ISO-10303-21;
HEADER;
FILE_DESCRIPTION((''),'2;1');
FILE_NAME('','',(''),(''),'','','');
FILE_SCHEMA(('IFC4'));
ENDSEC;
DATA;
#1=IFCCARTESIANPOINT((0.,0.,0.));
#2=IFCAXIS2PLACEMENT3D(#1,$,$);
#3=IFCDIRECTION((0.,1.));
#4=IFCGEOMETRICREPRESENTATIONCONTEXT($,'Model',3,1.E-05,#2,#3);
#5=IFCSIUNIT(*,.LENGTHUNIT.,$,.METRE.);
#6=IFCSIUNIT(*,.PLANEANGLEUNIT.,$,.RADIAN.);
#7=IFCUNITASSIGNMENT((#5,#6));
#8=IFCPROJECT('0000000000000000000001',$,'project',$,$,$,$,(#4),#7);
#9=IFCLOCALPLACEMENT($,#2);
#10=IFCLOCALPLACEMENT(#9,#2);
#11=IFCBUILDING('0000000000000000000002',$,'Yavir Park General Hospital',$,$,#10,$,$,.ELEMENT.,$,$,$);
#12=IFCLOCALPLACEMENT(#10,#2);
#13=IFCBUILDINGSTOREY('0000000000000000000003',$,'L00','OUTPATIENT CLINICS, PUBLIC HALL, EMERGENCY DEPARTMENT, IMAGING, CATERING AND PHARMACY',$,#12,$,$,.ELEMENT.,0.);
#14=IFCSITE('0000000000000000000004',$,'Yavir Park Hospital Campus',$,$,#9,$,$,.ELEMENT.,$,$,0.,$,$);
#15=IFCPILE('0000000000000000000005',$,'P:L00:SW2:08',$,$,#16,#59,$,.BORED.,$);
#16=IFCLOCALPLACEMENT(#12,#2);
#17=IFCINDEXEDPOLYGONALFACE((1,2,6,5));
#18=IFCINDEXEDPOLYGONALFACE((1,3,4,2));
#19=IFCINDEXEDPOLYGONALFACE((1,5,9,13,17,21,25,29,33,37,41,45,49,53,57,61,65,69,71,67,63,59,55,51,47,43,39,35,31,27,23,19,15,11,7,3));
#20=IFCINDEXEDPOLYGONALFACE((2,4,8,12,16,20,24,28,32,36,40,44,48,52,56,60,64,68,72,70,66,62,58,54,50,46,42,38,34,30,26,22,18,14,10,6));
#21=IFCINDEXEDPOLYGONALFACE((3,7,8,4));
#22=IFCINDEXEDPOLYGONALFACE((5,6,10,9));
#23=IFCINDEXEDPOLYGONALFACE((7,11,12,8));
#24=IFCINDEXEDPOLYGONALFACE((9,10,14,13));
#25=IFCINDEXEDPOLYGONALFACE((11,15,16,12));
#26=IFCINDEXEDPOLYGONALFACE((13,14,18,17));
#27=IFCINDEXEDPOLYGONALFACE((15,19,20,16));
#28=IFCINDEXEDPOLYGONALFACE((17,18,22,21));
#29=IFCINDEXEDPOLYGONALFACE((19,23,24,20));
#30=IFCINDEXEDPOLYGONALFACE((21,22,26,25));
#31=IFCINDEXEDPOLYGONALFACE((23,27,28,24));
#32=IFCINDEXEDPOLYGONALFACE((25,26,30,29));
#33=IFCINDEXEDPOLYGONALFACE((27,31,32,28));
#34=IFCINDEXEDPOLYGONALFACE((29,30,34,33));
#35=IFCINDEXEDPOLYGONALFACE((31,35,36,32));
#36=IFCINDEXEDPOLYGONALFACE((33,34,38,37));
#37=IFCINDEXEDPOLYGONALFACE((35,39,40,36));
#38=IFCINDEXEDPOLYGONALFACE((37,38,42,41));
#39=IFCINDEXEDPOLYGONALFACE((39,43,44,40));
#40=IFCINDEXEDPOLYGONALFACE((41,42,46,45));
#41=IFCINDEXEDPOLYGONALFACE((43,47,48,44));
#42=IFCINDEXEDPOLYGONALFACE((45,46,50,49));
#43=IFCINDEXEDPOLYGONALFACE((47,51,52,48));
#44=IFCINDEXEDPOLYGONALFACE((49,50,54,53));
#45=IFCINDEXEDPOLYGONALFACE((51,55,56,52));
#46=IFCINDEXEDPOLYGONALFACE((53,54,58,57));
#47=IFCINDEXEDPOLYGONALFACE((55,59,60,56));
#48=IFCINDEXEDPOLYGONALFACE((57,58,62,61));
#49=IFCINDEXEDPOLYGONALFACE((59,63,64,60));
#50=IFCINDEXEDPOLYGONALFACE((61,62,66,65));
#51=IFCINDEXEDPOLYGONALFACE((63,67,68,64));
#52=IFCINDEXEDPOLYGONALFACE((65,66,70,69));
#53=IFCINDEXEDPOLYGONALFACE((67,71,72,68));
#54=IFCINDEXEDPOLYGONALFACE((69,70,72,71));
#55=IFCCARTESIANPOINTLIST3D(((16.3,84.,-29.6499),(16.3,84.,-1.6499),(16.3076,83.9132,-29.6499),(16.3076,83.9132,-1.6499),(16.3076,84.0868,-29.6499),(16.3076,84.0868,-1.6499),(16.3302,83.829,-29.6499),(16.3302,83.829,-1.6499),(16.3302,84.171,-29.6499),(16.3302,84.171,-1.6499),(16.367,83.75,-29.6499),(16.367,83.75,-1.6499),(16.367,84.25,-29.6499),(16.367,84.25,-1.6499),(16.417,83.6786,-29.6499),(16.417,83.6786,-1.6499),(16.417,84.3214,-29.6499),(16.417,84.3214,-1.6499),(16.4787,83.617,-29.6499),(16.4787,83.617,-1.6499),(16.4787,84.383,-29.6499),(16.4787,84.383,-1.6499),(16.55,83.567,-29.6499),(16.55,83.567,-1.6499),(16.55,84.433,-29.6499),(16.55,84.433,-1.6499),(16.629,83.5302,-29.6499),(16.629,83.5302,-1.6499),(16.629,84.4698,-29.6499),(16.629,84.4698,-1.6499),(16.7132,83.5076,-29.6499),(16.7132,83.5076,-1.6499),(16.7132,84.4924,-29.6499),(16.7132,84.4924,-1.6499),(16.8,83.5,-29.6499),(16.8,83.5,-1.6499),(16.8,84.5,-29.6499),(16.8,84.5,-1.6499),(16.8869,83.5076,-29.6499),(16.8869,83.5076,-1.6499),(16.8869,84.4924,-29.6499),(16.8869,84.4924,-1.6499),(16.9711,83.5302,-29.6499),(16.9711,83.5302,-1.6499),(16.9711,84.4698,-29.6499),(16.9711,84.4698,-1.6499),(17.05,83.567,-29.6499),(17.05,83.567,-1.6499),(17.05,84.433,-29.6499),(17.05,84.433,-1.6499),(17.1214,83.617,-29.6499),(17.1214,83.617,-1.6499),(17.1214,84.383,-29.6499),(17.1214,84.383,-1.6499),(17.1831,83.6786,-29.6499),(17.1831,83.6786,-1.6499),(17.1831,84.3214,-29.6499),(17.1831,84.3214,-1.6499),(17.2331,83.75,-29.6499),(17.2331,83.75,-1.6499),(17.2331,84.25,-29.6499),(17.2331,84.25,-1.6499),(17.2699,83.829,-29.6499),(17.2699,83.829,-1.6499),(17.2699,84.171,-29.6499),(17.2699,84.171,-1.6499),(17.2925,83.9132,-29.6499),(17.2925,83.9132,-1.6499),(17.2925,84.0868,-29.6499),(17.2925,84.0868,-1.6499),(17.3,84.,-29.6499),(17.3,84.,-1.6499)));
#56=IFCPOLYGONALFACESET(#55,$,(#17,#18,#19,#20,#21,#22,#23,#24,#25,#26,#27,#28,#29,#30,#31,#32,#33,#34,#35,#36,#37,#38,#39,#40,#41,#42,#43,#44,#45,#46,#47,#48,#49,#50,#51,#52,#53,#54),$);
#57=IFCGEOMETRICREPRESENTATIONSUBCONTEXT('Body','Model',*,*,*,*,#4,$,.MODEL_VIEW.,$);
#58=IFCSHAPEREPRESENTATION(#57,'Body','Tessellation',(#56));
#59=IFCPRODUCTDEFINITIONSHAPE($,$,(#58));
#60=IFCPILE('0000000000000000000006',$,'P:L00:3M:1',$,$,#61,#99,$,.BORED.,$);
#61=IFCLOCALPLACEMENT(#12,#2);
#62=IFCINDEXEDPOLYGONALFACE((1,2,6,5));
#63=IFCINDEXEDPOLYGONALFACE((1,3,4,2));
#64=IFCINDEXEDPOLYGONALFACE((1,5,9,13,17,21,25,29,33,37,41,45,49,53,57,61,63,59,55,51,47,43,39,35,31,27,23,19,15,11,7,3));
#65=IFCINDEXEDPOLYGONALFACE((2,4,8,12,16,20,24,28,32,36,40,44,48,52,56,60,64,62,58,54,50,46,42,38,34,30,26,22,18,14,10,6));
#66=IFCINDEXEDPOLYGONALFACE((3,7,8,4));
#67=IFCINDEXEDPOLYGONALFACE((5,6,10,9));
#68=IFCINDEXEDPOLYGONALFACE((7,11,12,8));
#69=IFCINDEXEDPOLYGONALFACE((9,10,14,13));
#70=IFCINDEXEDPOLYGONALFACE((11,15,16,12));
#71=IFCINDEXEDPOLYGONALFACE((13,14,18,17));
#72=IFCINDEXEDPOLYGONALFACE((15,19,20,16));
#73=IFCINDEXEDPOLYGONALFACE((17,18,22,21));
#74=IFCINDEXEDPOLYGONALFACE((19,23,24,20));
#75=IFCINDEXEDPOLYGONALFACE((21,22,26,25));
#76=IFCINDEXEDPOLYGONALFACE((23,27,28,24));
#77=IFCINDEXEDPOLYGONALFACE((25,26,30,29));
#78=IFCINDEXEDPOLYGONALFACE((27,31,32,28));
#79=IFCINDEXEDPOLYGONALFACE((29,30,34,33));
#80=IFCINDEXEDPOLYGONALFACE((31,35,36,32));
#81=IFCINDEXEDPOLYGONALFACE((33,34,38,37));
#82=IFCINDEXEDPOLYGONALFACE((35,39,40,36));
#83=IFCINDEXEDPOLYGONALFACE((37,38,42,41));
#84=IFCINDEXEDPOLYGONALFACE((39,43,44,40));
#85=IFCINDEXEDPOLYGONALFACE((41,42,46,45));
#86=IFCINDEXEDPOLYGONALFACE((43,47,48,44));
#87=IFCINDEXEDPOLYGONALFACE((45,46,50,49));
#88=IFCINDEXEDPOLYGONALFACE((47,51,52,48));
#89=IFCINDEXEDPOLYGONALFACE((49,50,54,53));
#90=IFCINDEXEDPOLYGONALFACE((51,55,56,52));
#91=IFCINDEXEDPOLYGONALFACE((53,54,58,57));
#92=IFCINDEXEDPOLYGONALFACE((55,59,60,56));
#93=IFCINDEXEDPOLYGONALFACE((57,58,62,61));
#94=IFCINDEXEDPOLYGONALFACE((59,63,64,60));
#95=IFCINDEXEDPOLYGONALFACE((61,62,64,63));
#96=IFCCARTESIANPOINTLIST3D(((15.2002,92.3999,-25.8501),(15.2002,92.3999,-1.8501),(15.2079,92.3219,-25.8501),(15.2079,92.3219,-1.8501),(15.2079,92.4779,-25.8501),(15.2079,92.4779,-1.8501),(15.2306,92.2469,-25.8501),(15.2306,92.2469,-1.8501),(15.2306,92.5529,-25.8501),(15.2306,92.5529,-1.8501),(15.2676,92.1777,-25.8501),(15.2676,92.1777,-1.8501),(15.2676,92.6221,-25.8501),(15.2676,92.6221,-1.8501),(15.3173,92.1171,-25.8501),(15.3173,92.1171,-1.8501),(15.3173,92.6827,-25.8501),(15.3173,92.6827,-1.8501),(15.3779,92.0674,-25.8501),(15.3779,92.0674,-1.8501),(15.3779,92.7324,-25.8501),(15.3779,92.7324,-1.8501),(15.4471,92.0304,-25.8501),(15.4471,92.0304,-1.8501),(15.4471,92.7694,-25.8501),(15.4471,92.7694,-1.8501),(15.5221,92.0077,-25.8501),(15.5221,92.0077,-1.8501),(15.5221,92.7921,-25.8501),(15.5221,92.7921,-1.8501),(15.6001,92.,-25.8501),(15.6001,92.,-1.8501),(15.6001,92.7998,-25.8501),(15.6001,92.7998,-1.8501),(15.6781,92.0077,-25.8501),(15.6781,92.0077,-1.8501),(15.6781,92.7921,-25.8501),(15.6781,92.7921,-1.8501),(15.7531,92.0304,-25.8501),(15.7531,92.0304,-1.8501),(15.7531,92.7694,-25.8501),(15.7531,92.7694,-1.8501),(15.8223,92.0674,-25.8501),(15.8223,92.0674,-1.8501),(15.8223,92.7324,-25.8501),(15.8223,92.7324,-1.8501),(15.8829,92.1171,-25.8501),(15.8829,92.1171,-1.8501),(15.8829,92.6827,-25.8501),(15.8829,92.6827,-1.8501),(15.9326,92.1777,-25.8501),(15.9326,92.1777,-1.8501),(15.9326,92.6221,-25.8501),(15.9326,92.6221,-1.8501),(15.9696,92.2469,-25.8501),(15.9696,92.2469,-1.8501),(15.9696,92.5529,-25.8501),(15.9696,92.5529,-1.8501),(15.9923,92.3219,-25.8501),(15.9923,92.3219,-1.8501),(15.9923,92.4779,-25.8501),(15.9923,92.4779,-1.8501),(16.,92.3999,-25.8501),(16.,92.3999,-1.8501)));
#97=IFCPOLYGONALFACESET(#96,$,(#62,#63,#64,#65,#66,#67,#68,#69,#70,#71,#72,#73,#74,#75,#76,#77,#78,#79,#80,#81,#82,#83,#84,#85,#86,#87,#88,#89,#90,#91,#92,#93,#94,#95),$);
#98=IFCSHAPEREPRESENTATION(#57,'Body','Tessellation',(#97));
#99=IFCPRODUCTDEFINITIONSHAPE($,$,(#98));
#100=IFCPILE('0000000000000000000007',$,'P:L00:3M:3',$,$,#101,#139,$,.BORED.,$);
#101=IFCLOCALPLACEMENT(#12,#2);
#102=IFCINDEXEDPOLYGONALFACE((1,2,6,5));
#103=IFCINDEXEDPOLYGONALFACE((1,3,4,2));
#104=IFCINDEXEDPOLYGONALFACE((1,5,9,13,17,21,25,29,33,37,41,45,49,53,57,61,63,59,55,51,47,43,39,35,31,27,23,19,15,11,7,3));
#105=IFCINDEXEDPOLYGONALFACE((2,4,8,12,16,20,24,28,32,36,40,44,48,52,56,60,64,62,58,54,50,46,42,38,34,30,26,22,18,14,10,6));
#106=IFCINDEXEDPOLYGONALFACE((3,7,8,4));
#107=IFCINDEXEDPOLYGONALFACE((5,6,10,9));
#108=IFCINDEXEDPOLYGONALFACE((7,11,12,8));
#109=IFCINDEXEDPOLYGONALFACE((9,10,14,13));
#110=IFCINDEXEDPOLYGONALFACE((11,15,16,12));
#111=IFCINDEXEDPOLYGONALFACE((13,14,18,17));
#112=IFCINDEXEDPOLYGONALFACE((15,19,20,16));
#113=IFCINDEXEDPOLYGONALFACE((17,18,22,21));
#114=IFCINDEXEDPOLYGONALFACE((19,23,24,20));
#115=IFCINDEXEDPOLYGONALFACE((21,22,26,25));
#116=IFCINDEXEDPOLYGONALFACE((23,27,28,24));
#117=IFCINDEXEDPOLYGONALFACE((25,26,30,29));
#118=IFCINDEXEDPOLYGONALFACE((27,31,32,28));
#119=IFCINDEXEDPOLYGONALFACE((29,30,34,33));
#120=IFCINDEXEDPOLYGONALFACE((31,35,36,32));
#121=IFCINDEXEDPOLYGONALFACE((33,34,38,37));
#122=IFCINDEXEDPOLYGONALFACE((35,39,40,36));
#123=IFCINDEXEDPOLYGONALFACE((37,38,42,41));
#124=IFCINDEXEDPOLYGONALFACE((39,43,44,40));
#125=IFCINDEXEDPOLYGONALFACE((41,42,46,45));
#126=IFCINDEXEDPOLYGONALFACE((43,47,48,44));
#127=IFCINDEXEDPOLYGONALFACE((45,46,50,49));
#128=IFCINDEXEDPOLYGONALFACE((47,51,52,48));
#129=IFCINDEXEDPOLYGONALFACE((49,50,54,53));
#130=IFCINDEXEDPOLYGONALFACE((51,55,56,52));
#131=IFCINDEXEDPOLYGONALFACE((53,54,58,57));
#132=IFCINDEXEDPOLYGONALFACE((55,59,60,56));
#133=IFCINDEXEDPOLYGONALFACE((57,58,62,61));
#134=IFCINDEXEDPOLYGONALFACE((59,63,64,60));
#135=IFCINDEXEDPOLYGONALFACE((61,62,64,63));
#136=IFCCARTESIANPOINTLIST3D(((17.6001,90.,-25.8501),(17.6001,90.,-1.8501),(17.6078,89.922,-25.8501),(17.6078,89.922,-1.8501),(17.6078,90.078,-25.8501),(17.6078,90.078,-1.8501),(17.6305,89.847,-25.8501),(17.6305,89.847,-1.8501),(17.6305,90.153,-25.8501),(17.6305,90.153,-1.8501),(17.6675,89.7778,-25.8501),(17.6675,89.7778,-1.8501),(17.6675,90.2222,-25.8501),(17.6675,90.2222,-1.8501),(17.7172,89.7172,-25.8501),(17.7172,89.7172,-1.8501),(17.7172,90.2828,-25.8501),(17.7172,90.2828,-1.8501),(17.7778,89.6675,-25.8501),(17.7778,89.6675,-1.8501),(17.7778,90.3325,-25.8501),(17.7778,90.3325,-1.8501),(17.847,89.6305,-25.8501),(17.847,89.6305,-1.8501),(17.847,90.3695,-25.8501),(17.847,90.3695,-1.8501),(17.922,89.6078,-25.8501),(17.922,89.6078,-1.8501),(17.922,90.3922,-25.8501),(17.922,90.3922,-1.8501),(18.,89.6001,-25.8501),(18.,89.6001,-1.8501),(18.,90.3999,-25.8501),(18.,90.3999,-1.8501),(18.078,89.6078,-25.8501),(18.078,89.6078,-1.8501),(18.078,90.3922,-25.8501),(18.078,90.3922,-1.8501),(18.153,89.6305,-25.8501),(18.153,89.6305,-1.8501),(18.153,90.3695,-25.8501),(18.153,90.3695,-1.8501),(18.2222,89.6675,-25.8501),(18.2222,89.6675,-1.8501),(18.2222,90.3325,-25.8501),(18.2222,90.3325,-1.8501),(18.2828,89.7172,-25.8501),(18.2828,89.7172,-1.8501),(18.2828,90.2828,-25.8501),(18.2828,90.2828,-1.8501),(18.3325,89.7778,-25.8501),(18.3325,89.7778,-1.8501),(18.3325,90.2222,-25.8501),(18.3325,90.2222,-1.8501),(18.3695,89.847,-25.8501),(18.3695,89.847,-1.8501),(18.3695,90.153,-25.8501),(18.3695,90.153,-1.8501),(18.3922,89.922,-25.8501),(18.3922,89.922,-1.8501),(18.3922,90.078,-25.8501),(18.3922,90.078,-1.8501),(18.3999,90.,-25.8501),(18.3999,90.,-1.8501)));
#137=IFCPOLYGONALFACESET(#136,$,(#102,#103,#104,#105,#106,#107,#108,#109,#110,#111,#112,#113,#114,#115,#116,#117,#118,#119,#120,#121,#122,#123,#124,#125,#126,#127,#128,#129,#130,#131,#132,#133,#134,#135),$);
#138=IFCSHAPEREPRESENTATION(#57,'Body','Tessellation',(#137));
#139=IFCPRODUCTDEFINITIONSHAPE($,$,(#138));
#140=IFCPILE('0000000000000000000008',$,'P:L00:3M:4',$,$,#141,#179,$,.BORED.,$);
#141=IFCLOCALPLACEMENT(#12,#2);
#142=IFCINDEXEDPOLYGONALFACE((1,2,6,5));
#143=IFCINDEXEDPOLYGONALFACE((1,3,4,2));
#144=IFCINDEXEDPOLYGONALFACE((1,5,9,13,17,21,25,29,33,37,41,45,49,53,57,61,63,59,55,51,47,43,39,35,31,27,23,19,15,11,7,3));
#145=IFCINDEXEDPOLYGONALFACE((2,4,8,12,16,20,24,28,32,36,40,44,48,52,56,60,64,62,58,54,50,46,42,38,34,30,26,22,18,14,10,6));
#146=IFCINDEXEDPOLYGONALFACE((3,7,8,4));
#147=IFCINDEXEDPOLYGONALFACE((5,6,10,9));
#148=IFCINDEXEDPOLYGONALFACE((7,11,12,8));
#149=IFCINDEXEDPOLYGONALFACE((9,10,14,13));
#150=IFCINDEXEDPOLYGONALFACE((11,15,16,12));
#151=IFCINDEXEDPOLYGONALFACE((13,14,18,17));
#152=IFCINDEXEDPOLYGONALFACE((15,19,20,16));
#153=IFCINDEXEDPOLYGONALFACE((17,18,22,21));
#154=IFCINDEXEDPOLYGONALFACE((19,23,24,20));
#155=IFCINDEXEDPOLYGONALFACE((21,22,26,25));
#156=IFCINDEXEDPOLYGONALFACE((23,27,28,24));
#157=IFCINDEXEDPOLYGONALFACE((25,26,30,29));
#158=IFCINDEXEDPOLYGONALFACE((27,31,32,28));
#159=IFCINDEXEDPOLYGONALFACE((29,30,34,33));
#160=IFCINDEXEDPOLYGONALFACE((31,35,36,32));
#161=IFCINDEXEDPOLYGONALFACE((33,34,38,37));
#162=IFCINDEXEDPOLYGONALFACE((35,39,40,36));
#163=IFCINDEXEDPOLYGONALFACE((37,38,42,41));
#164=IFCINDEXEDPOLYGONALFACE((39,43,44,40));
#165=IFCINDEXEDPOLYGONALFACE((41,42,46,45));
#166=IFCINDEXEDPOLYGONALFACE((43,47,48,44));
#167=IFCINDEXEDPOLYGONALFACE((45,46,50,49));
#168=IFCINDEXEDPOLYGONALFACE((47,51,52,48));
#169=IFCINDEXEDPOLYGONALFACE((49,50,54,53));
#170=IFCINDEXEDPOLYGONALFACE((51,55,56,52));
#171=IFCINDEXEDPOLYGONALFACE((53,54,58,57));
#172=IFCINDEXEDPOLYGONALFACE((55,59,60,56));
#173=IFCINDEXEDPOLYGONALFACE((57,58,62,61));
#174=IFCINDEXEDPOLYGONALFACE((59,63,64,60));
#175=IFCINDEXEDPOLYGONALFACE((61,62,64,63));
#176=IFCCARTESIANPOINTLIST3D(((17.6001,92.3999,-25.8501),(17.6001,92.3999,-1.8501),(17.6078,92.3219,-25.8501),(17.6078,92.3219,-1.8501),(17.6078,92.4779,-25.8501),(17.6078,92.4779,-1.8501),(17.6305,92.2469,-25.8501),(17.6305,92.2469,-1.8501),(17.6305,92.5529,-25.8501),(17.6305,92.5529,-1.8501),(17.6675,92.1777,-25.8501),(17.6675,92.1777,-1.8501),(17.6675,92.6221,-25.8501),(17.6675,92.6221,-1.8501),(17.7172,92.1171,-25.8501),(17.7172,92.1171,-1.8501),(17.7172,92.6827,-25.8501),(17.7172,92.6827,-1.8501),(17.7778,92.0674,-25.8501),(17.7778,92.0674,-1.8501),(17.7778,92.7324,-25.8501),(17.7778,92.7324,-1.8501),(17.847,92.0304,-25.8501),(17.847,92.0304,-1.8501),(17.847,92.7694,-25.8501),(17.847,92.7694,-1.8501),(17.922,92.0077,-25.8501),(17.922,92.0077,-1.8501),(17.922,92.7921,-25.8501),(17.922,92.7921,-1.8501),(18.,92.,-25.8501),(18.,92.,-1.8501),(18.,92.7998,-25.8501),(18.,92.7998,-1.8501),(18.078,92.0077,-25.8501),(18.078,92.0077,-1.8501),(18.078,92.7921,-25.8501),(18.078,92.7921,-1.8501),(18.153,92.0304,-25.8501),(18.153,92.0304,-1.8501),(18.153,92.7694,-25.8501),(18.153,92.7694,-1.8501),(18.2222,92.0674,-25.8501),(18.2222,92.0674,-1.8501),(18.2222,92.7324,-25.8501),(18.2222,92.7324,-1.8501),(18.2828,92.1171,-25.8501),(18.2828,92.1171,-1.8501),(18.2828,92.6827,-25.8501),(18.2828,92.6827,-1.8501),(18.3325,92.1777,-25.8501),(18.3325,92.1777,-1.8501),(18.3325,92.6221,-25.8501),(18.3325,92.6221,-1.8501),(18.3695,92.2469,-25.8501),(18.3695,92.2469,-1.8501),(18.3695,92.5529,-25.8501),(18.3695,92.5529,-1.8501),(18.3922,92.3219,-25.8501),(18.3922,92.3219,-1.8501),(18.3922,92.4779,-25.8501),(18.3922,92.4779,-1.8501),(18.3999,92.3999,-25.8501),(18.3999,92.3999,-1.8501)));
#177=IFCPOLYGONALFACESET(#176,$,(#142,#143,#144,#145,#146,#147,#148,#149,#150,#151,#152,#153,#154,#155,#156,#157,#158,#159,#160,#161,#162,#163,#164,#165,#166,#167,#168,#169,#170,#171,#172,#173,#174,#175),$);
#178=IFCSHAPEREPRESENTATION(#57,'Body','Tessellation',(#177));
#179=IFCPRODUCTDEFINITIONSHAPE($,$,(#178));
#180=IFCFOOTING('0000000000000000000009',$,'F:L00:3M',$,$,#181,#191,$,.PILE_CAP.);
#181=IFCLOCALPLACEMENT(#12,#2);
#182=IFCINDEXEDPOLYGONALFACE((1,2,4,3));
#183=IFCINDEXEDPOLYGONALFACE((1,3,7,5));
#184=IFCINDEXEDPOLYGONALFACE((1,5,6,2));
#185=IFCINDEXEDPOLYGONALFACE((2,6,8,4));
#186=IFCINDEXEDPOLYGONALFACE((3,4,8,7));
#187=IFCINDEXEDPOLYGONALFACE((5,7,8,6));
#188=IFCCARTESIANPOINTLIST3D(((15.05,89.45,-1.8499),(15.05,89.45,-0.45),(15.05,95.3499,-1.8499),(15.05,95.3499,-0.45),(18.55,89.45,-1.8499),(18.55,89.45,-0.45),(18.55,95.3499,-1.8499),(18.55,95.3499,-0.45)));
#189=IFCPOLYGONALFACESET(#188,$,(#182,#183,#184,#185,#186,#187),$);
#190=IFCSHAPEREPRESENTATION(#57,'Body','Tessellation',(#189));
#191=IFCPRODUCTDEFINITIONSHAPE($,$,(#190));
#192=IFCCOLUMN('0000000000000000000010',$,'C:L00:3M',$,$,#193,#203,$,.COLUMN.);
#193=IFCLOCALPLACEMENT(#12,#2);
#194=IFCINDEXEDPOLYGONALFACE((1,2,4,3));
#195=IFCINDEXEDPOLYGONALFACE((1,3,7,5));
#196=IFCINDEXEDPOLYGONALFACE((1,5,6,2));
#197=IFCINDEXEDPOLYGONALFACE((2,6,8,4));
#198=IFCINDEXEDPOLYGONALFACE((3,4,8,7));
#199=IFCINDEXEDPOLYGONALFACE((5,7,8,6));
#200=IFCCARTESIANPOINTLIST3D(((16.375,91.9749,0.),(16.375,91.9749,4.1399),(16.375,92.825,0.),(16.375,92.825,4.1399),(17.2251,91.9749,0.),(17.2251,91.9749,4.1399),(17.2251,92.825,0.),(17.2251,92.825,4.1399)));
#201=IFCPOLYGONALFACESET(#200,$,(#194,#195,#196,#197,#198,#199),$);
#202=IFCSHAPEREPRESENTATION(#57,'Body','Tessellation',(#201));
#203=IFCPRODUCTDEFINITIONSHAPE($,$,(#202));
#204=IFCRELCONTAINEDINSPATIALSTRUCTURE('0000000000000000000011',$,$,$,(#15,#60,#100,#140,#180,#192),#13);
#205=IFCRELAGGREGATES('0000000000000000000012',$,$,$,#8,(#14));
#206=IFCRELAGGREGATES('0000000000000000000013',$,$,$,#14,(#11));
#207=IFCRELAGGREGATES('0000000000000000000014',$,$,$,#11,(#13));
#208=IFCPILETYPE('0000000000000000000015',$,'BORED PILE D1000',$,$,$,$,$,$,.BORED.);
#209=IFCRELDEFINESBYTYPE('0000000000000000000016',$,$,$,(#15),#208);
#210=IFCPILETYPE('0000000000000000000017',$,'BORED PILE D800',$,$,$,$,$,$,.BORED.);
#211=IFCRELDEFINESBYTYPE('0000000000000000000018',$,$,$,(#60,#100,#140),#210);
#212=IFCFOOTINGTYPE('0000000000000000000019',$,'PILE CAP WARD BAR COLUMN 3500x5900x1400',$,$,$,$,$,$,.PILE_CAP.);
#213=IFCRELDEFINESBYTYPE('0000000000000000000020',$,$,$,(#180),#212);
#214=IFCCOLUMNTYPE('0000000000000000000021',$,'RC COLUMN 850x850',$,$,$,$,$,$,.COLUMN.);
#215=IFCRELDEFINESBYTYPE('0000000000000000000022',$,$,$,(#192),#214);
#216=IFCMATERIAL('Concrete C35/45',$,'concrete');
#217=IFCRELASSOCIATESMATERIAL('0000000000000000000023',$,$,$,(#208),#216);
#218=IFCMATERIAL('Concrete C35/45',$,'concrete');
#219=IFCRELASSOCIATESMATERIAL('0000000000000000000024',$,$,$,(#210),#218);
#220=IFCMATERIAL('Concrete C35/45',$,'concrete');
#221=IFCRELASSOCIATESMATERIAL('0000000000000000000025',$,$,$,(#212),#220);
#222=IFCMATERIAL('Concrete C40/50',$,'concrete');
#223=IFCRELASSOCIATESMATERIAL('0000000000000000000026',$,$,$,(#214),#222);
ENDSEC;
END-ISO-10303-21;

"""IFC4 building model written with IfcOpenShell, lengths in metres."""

from ifc_helpers import new_model, si_unit, direction, frame, origin, origin_2d, place, context, subcontext, project, spatial, rectangle, circle, extrude, material, material_profile, profile_set, type_object, element, save


model = new_model("IFC4")

# Units and contexts
model_context = context("Model", 3, precision=1e-05, world=origin(), true_north=direction((0.0, 1.0)))
body_context = subcontext(model_context, "Body", "Model", "MODEL_VIEW")
ifc_project = project(units=[si_unit("LENGTHUNIT", "METRE"), si_unit("PLANEANGLEUNIT", "RADIAN")], contexts=[model_context])

# Site, building, storey
site_placement = place(None, origin())
site = spatial("IfcSite", under=ifc_project, at=site_placement, Name="Yavir Park Hospital Campus", CompositionType="ELEMENT", RefElevation=0.0)
building_placement = place(site_placement, origin())
building = spatial("IfcBuilding", under=site, at=building_placement, Name="Yavir Park General Hospital", CompositionType="ELEMENT")
storey_placement = place(building_placement, origin())
storey = spatial("IfcBuildingStorey", under=building, at=storey_placement, Name="L00", Description="OUTPATIENT CLINICS, PUBLIC HALL, EMERGENCY DEPARTMENT, IMAGING, CATERING AND PHARMACY", CompositionType="ELEMENT", Elevation=0.0)

# Piles
ifc_material_1 = material(Name="Concrete C35/45", Category="concrete")
ifc_material_profile_1 = material_profile(ifc_material_1, circle(Radius=0.5, at=origin_2d()), Name="D1000")
ifc_profile_set_1 = profile_set([ifc_material_profile_1], Name="Concrete C35/45")
pile_type_1 = type_object("IfcPileType", Name="BORED PILE D1000", PredefinedType="BORED", material=ifc_profile_set_1)
pile_placement = place(storey_placement, frame((16.8, 84.0, -1.6499), z_axis=(0.0, 0.0, -1.0), x_axis=(1.0, 0.0, 0.0)))
element("IfcPile", 1, at=pile_placement, inside=storey, type_object=pile_type_1, Name="P:L00:SW2:08", PredefinedType="BORED", context=body_context, shape_type="SweptSolid", body=[
    extrude(circle(Radius=0.5, at=origin_2d()), origin(), (0.0, 0.0, 1.0), 28.0),
])
ifc_material_2 = material(Name="Concrete C35/45", Category="concrete")
ifc_material_profile_2 = material_profile(ifc_material_2, circle(Radius=0.3999, at=origin_2d()), Name="D800")
ifc_profile_set_2 = profile_set([ifc_material_profile_2], Name="Concrete C35/45")
pile_type_2 = type_object("IfcPileType", Name="BORED PILE D800", PredefinedType="BORED", material=ifc_profile_set_2)
for number, where, z_axis, x_axis, name in (
    (2, (15.6001, 92.3999, -1.8501), (0.0, 0.0, -1.0), (1.0, 0.0, 0.0), "P:L00:3M:1"),
    (3, (18.0, 90.0, -1.8501), (0.0, 0.0, -1.0), (1.0, 0.0, 0.0), "P:L00:3M:3"),
    (4, (18.0, 92.3999, -1.8501), (0.0, 0.0, -1.0), (1.0, 0.0, 0.0), "P:L00:3M:4"),
):
    element("IfcPile", number, at=place(storey_placement, frame(where, z_axis=z_axis, x_axis=x_axis)), inside=storey, type_object=pile_type_2, Name=name, PredefinedType="BORED", context=body_context, shape_type="SweptSolid", body=[
        extrude(circle(Radius=0.3999, at=origin_2d()), origin(), (0.0, 0.0, 1.0), 24.0),
    ])

# Footing
ifc_material_3 = material(Name="Concrete C35/45", Category="concrete")
footing_type = type_object("IfcFootingType", Name="PILE CAP WARD BAR COLUMN 3500x5900x1400", PredefinedType="PILE_CAP", material=ifc_material_3)
footing_placement = place(storey_placement, frame((16.8, 92.3999, -1.8499), z_axis=(0.0, 0.0, 1.0), x_axis=(1.0, 0.0, 0.0)))
element("IfcFooting", 5, at=footing_placement, inside=storey, type_object=footing_type, Name="F:L00:3M", PredefinedType="PILE_CAP", context=body_context, shape_type="SweptSolid", body=[
    extrude(rectangle(XDim=3.5, YDim=5.8999, at=origin_2d()), origin(), (0.0, 0.0, 1.0), 1.3999),
])

# Column
ifc_material_4 = material(Name="Concrete C40/50", Category="concrete")
ifc_material_profile_3 = material_profile(ifc_material_4, rectangle(XDim=0.8501, YDim=0.8501, at=origin_2d()), Name="RC850x850")
ifc_profile_set_3 = profile_set([ifc_material_profile_3], Name="Concrete C40/50")
column_type = type_object("IfcColumnType", Name="RC COLUMN 850x850", PredefinedType="COLUMN", material=ifc_profile_set_3)
column_placement = place(storey_placement, frame((16.8, 92.3999, 0.0), z_axis=(0.0, 0.0, 1.0), x_axis=(1.0, 0.0, 0.0)))
element("IfcColumn", 6, at=column_placement, inside=storey, type_object=column_type, Name="C:L00:3M", PredefinedType="COLUMN", context=body_context, shape_type="SweptSolid", body=[
    extrude(rectangle(XDim=0.8501, YDim=0.8501, at=origin_2d()), origin(), (0.0, 0.0, 1.0), 4.1399),
])

save(model, "model.ifc")
